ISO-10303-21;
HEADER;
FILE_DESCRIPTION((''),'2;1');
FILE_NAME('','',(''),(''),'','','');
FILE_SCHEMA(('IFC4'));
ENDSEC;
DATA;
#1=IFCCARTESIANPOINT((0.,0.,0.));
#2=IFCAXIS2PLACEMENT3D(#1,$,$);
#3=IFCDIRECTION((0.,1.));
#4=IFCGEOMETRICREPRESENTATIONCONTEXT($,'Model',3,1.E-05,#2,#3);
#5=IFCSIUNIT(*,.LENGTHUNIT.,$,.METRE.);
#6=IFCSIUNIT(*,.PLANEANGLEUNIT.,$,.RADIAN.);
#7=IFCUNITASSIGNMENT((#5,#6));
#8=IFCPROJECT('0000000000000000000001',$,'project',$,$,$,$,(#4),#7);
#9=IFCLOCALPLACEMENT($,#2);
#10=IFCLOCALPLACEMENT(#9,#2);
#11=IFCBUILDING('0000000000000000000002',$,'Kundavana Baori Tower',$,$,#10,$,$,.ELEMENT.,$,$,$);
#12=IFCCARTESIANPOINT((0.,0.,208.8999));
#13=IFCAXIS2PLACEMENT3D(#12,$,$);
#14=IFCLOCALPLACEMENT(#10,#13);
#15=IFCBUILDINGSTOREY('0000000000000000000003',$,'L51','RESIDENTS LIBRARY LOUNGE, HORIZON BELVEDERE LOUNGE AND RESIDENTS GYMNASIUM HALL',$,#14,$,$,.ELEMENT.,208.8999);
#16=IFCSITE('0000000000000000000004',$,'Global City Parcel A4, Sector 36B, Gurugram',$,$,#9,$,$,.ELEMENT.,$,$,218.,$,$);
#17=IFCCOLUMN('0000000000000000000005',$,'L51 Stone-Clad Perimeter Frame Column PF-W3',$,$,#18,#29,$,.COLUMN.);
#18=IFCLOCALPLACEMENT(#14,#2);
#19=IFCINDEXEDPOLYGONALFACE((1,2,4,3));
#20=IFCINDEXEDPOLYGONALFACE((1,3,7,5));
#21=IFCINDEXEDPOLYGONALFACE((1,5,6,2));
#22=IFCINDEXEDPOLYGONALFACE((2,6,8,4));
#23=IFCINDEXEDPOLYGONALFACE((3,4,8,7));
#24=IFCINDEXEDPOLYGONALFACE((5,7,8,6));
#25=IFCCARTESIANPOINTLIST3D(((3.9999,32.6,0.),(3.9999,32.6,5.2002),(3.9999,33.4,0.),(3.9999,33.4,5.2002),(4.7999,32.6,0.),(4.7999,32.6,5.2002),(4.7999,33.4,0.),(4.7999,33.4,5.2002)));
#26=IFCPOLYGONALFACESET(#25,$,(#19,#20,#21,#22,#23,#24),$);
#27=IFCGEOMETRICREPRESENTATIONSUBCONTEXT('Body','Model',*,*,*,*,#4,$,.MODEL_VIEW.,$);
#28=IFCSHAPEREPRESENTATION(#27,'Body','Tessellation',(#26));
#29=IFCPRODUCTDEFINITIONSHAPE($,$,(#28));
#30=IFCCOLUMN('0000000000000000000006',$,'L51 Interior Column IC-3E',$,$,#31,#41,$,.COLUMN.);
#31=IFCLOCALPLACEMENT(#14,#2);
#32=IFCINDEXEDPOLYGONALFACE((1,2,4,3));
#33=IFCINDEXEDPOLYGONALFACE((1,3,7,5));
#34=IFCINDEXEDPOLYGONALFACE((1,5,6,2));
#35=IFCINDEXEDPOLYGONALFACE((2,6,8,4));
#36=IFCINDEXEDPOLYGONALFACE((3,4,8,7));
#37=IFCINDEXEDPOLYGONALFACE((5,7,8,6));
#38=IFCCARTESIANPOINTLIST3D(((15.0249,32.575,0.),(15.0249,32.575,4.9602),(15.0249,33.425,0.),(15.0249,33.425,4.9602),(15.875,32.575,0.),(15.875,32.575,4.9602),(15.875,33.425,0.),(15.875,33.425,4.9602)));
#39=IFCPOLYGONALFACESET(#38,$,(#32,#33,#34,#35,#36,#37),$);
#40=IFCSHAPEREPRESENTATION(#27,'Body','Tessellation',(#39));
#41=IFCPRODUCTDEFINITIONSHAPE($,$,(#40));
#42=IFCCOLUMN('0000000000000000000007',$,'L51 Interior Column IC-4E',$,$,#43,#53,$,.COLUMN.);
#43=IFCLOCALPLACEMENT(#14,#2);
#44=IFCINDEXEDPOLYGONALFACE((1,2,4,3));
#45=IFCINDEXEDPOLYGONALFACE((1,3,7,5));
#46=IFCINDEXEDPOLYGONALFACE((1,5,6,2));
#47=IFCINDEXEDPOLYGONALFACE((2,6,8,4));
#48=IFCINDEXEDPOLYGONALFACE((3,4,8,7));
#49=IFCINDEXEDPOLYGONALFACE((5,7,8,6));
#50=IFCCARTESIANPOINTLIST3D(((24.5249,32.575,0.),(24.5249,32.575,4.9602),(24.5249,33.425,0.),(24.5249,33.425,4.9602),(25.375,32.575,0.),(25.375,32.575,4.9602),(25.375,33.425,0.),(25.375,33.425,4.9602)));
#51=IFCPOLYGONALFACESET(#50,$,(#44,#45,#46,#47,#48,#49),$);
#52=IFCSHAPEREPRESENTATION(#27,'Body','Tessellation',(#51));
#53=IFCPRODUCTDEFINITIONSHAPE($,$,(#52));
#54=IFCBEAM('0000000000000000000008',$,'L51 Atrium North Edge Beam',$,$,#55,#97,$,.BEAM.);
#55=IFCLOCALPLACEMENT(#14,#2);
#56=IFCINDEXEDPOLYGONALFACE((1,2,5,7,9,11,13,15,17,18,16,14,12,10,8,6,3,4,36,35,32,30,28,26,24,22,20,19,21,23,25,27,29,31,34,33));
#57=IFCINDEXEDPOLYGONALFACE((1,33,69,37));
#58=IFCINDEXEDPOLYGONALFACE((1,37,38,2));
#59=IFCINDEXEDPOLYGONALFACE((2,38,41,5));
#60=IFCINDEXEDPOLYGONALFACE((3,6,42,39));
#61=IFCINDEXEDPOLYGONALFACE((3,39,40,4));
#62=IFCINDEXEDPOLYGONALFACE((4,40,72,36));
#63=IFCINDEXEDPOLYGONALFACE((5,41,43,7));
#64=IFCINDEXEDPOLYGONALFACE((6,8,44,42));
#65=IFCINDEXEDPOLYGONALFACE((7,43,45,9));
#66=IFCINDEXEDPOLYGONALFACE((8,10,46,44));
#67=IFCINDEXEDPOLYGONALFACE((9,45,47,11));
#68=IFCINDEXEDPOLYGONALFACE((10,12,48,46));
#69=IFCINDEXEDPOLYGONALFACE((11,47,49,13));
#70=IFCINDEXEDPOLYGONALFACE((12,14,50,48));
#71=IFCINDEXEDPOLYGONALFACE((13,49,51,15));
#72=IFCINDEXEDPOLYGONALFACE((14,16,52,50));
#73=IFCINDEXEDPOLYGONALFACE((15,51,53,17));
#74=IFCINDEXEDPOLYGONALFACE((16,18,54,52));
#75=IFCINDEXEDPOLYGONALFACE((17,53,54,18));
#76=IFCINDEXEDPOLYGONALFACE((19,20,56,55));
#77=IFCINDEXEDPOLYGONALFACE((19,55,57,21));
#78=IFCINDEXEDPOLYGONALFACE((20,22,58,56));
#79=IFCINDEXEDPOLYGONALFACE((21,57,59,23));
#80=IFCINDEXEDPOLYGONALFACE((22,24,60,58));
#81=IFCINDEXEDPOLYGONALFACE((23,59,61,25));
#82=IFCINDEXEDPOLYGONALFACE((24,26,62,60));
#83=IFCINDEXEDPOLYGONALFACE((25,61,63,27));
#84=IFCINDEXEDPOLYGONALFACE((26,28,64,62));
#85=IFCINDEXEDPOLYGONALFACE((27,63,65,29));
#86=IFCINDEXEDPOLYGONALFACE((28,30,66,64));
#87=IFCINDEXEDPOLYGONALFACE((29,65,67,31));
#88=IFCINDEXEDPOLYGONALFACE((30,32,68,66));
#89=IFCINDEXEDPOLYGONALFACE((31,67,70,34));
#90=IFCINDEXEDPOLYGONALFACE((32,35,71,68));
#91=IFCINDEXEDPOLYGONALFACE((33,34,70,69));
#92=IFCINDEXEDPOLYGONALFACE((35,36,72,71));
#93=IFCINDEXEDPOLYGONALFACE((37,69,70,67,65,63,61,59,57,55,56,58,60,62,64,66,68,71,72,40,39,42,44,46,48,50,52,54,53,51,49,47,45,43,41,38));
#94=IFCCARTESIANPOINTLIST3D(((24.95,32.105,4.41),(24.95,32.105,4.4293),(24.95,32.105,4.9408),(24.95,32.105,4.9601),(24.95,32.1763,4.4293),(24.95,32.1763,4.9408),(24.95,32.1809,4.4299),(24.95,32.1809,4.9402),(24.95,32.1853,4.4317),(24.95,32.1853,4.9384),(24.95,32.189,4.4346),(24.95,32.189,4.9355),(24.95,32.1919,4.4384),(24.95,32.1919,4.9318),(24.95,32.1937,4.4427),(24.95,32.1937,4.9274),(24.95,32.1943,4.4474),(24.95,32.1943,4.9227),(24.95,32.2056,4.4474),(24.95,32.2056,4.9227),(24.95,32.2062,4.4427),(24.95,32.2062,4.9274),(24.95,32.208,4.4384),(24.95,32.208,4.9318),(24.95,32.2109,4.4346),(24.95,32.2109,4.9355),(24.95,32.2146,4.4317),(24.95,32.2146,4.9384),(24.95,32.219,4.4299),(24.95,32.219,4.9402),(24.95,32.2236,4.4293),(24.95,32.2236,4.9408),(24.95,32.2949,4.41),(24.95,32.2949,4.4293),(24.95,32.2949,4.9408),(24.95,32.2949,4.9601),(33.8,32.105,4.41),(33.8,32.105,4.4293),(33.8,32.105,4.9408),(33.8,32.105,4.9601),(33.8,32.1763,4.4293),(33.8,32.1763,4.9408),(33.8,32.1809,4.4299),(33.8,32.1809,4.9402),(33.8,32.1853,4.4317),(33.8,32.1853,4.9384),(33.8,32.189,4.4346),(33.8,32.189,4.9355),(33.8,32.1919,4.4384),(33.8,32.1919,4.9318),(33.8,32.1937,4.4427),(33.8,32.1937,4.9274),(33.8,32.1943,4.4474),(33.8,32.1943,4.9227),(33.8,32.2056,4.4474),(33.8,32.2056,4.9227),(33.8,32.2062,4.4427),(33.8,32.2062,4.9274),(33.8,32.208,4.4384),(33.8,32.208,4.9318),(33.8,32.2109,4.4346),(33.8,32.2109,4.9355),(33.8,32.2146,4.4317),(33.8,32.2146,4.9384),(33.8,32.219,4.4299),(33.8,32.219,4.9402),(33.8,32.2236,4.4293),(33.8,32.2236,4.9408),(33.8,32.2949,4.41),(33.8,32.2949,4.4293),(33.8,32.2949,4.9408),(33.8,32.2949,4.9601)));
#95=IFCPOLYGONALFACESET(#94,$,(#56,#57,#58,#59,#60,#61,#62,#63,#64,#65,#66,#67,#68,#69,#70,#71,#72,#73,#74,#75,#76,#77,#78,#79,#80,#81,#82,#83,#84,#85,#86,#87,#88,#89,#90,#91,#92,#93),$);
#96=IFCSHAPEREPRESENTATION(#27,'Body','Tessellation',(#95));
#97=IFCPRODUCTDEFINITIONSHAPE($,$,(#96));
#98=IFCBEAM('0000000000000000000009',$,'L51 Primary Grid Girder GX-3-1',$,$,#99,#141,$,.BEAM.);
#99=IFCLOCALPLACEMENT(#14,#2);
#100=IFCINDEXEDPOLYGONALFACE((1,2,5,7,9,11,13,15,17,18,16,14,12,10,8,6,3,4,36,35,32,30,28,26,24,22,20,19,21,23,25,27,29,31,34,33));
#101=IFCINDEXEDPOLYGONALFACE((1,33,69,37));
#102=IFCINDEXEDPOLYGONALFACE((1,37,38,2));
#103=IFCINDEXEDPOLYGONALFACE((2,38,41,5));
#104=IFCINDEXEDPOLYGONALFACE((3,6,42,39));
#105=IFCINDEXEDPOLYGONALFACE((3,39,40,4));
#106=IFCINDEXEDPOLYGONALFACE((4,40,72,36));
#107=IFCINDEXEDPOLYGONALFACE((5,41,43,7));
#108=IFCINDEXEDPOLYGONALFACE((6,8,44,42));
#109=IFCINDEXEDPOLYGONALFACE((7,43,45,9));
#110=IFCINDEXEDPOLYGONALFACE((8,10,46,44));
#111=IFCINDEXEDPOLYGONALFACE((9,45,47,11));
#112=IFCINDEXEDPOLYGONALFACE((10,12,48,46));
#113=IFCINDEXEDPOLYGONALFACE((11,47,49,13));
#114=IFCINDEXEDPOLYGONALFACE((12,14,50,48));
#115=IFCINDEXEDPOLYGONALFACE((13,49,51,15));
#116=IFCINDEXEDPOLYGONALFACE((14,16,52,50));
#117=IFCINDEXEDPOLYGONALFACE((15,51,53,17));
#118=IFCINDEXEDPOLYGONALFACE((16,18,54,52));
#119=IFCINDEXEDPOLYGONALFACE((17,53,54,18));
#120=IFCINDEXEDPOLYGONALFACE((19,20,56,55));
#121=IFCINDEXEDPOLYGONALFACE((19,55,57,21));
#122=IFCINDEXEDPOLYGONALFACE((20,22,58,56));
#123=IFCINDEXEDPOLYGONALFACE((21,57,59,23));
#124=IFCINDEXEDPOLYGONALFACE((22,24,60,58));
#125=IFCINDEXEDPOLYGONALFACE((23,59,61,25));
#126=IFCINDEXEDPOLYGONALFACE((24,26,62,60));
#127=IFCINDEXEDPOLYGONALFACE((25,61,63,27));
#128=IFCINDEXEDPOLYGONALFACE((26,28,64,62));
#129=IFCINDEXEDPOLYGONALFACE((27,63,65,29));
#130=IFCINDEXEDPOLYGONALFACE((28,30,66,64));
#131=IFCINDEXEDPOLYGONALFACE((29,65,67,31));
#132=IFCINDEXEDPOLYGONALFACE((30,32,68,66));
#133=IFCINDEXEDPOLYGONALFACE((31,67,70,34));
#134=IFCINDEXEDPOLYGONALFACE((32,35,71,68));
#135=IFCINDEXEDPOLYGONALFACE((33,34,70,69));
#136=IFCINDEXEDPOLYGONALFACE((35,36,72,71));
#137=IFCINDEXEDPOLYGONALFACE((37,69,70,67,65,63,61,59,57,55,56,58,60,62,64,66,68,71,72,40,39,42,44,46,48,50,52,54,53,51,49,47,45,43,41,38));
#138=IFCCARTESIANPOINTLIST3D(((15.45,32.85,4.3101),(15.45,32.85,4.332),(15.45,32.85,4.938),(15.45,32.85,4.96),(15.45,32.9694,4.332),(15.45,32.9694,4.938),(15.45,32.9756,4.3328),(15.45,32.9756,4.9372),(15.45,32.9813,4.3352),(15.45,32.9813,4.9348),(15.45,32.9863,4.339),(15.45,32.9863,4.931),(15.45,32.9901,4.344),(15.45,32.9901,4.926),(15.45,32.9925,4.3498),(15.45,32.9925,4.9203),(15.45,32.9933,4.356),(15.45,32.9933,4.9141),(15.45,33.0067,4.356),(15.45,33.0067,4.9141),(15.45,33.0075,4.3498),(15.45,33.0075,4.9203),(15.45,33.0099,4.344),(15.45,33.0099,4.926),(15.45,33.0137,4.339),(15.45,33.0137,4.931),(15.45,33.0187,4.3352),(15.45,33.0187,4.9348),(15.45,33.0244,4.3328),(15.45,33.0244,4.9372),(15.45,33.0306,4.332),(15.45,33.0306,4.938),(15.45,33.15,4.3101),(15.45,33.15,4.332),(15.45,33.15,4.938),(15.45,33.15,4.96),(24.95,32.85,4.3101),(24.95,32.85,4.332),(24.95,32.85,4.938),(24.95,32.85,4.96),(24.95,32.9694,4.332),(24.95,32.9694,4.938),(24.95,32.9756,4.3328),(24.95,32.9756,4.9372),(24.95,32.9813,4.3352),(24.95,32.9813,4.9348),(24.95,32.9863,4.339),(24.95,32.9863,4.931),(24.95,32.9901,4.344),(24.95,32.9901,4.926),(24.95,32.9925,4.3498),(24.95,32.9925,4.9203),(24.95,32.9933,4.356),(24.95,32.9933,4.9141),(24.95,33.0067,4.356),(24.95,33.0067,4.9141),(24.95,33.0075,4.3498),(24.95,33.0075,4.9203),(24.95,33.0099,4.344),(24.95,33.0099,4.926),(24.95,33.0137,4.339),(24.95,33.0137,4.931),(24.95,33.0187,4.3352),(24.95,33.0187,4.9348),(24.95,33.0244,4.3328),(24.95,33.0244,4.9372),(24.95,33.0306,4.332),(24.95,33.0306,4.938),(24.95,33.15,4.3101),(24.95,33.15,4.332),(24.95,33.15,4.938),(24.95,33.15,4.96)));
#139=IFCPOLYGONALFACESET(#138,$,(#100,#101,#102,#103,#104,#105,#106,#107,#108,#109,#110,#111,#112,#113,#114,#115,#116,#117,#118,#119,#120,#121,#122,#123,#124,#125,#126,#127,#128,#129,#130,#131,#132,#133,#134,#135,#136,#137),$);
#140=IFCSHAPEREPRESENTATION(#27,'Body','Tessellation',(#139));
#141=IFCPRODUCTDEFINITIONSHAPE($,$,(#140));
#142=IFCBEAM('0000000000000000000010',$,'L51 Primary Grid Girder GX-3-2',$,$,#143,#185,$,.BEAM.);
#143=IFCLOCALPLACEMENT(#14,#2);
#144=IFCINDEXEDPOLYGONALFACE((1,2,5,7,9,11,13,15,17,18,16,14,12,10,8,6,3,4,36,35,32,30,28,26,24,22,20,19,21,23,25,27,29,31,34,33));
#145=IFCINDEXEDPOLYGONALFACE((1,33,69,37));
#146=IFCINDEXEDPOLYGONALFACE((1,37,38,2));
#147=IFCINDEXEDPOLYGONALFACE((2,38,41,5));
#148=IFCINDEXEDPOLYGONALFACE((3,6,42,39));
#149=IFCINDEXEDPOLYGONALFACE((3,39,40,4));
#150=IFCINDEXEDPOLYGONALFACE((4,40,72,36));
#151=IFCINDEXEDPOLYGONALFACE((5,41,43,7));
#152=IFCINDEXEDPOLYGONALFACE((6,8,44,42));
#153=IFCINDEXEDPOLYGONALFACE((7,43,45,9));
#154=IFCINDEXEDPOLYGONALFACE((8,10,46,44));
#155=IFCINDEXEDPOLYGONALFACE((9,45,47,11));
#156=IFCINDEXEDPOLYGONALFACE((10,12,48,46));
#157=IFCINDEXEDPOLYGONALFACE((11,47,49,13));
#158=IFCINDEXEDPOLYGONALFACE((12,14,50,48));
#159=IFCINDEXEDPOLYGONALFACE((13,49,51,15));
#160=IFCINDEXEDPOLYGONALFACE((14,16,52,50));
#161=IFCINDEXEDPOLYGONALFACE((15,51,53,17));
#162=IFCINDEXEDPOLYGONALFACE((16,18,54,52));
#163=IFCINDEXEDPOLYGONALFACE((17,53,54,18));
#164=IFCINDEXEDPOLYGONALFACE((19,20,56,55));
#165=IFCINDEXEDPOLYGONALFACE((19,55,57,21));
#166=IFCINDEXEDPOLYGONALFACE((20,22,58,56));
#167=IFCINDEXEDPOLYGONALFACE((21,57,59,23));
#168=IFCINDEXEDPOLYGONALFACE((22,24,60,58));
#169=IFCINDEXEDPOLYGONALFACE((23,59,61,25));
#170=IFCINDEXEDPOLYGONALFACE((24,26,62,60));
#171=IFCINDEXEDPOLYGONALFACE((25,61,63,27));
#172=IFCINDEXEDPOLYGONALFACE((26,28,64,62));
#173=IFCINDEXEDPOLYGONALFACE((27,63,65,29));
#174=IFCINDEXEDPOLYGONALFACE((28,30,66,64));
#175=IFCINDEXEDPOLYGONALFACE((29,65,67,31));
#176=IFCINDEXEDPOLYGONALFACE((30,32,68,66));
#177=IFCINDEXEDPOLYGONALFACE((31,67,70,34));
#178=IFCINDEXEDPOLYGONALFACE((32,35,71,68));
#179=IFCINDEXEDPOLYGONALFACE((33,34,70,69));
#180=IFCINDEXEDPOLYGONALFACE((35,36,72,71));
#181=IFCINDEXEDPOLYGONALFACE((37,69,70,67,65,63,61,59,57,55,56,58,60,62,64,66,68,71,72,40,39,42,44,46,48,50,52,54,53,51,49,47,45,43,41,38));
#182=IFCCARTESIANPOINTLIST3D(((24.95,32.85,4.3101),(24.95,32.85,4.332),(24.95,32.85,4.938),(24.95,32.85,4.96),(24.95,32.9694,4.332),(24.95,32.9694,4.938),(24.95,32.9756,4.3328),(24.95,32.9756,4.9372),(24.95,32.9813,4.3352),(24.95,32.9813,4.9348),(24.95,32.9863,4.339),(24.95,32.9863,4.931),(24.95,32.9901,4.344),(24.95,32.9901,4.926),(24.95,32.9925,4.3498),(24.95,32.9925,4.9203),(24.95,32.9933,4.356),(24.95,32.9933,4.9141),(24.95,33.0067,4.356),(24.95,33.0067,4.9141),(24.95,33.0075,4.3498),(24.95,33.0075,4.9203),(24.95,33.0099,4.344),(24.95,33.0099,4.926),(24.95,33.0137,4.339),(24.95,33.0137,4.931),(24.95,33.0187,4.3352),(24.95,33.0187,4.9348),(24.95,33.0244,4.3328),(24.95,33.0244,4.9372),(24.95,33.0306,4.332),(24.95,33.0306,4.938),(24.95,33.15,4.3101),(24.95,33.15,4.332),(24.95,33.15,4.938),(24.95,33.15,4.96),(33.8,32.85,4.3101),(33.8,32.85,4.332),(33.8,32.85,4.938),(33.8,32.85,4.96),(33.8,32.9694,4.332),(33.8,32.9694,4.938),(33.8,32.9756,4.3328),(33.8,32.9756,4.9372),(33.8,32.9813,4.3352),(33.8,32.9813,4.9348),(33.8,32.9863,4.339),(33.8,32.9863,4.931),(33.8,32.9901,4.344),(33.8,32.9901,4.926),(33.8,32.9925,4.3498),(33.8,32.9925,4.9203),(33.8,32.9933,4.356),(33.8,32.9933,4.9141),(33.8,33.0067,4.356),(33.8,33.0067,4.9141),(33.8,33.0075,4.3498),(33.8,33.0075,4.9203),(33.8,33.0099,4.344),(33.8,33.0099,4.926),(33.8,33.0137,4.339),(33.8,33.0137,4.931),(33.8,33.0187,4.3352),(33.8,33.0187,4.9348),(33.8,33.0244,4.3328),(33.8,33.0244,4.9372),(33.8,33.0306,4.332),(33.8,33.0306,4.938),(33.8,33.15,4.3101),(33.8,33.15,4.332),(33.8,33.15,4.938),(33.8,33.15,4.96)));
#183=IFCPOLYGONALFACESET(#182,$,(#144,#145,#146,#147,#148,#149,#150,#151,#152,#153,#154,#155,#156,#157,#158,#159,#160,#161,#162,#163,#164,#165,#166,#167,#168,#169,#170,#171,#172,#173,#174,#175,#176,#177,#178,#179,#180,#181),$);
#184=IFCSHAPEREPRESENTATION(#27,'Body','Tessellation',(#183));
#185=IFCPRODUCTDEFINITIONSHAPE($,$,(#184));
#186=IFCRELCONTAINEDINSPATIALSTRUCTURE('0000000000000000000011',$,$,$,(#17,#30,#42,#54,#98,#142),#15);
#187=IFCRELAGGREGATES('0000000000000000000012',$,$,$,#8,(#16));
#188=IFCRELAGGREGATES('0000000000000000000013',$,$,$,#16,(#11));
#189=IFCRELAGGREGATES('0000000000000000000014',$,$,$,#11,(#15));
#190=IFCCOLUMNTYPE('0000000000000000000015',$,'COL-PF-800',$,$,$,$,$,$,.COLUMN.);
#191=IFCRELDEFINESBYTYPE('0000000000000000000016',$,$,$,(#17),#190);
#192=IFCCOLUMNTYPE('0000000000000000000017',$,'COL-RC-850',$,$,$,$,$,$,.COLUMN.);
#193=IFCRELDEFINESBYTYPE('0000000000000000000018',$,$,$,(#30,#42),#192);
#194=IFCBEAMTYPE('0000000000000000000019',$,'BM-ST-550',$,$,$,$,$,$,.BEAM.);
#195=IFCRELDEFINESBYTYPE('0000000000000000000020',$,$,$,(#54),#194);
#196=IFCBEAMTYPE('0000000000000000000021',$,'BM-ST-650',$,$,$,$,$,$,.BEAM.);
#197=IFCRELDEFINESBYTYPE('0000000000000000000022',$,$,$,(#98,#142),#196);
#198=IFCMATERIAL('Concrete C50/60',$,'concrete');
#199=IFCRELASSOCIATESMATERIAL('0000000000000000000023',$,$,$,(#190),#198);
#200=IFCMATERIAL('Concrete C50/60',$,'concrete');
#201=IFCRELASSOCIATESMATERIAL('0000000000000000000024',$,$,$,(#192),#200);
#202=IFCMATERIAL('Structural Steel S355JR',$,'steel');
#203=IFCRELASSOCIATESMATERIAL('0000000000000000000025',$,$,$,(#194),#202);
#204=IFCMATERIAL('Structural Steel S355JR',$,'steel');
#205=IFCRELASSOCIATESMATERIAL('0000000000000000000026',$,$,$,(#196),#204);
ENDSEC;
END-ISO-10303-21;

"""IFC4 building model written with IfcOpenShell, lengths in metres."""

from ifc_helpers import new_model, si_unit, direction, frame, origin, origin_2d, place, context, subcontext, project, spatial, rectangle, i_section, extrude, material, material_profile, profile_set, type_object, element, save


model = new_model("IFC4")

# Units and contexts
model_context = context("Model", 3, precision=1e-05, world=origin(), true_north=direction((0.0, 1.0)))
body_context = subcontext(model_context, "Body", "Model", "MODEL_VIEW")
ifc_project = project(units=[si_unit("LENGTHUNIT", "METRE"), si_unit("PLANEANGLEUNIT", "RADIAN")], contexts=[model_context])

# Site, building, storey
site_placement = place(None, origin())
site = spatial("IfcSite", under=ifc_project, at=site_placement, Name="Global City Parcel A4, Sector 36B, Gurugram", CompositionType="ELEMENT", RefElevation=218.0)
building_placement = place(site_placement, origin())
building = spatial("IfcBuilding", under=site, at=building_placement, Name="Kundavana Baori Tower", CompositionType="ELEMENT")
storey_placement = place(building_placement, frame((0.0, 0.0, 208.8999)))
storey = spatial("IfcBuildingStorey", under=building, at=storey_placement, Name="L51", Description="RESIDENTS LIBRARY LOUNGE, HORIZON BELVEDERE LOUNGE AND RESIDENTS GYMNASIUM HALL", CompositionType="ELEMENT", Elevation=208.8999)

# Columns
ifc_material_1 = material(Name="Concrete C50/60", Category="concrete")
ifc_material_profile_1 = material_profile(ifc_material_1, rectangle(XDim=0.8, YDim=0.8, at=origin_2d()), Name="RC PF 800x800")
ifc_profile_set_1 = profile_set([ifc_material_profile_1], Name="Concrete C50/60")
column_type_1 = type_object("IfcColumnType", Name="COL-PF-800", PredefinedType="COLUMN", material=ifc_profile_set_1)
column_placement = place(storey_placement, frame((4.3999, 33.0, 0.0), z_axis=(0.0, 0.0, 1.0), x_axis=(1.0, 0.0, 0.0)))
element("IfcColumn", 1, at=column_placement, inside=storey, type_object=column_type_1, Name="L51 Stone-Clad Perimeter Frame Column PF-W3", PredefinedType="COLUMN", context=body_context, shape_type="SweptSolid", body=[
    extrude(rectangle(XDim=0.8, YDim=0.8, at=origin_2d()), origin(), (0.0, 0.0, 1.0), 5.2002),
])
ifc_material_2 = material(Name="Concrete C50/60", Category="concrete")
ifc_material_profile_2 = material_profile(ifc_material_2, rectangle(XDim=0.8501, YDim=0.8501, at=origin_2d()), Name="RC 850x850")
ifc_profile_set_2 = profile_set([ifc_material_profile_2], Name="Concrete C50/60")
column_type_2 = type_object("IfcColumnType", Name="COL-RC-850", PredefinedType="COLUMN", material=ifc_profile_set_2)
for number, where, z_axis, x_axis, name in (
    (2, (15.45, 33.0, 0.0), (0.0, 0.0, 1.0), (1.0, 0.0, 0.0), "L51 Interior Column IC-3E"),
    (3, (24.95, 33.0, 0.0), (0.0, 0.0, 1.0), (1.0, 0.0, 0.0), "L51 Interior Column IC-4E"),
):
    element("IfcColumn", number, at=place(storey_placement, frame(where, z_axis=z_axis, x_axis=x_axis)), inside=storey, type_object=column_type_2, Name=name, PredefinedType="COLUMN", context=body_context, shape_type="SweptSolid", body=[
        extrude(rectangle(XDim=0.8501, YDim=0.8501, at=origin_2d()), origin(), (0.0, 0.0, 1.0), 4.9602),
    ])

# Beams
ifc_material_3 = material(Name="Structural Steel S355JR", Category="steel")
ifc_material_profile_3 = material_profile(ifc_material_3, i_section(OverallWidth=0.1899, OverallDepth=0.55, WebThickness=0.0112, FlangeThickness=0.0193, FilletRadius=0.0181, at=origin_2d()), Name="ISMB 550")
ifc_profile_set_3 = profile_set([ifc_material_profile_3], Name="Structural Steel S355JR")
beam_type_1 = type_object("IfcBeamType", Name="BM-ST-550", PredefinedType="BEAM", material=ifc_profile_set_3)
beam_1_placement = place(storey_placement, frame((24.95, 32.2, 4.6851), z_axis=(1.0, 0.0, 0.0), x_axis=(0.0, 1.0, 0.0)))
element("IfcBeam", 4, at=beam_1_placement, inside=storey, type_object=beam_type_1, Name="L51 Atrium North Edge Beam", PredefinedType="BEAM", context=body_context, shape_type="SweptSolid", body=[
    extrude(i_section(OverallWidth=0.1899, OverallDepth=0.55, WebThickness=0.0112, FlangeThickness=0.0193, FilletRadius=0.0181, at=origin_2d()), origin(), (0.0, 0.0, 1.0), 8.8501),
])
ifc_material_4 = material(Name="Structural Steel S355JR", Category="steel")
ifc_material_profile_4 = material_profile(ifc_material_4, i_section(OverallWidth=0.3, OverallDepth=0.6499, WebThickness=0.0134, FlangeThickness=0.022, FilletRadius=0.0239, at=origin_2d()), Name="NPB 650x300x155")
ifc_profile_set_4 = profile_set([ifc_material_profile_4], Name="Structural Steel S355JR")
beam_type_2 = type_object("IfcBeamType", Name="BM-ST-650", PredefinedType="BEAM", material=ifc_profile_set_4)
beam_2_placement = place(storey_placement, frame((15.45, 33.0, 4.635), z_axis=(1.0, 0.0, 0.0), x_axis=(0.0, 1.0, 0.0)))
element("IfcBeam", 5, at=beam_2_placement, inside=storey, type_object=beam_type_2, Name="L51 Primary Grid Girder GX-3-1", PredefinedType="BEAM", context=body_context, shape_type="SweptSolid", body=[
    extrude(i_section(OverallWidth=0.3, OverallDepth=0.6499, WebThickness=0.0134, FlangeThickness=0.022, FilletRadius=0.0239, at=origin_2d()), origin(), (0.0, 0.0, 1.0), 9.5),
])
beam_3_placement = place(storey_placement, frame((24.95, 33.0, 4.635), z_axis=(1.0, 0.0, 0.0), x_axis=(0.0, 1.0, 0.0)))
element("IfcBeam", 6, at=beam_3_placement, inside=storey, type_object=beam_type_2, Name="L51 Primary Grid Girder GX-3-2", PredefinedType="BEAM", context=body_context, shape_type="SweptSolid", body=[
    extrude(i_section(OverallWidth=0.3, OverallDepth=0.6499, WebThickness=0.0134, FlangeThickness=0.022, FilletRadius=0.0239, at=origin_2d()), origin(), (0.0, 0.0, 1.0), 8.8501),
])

save(model, "model.ifc")
